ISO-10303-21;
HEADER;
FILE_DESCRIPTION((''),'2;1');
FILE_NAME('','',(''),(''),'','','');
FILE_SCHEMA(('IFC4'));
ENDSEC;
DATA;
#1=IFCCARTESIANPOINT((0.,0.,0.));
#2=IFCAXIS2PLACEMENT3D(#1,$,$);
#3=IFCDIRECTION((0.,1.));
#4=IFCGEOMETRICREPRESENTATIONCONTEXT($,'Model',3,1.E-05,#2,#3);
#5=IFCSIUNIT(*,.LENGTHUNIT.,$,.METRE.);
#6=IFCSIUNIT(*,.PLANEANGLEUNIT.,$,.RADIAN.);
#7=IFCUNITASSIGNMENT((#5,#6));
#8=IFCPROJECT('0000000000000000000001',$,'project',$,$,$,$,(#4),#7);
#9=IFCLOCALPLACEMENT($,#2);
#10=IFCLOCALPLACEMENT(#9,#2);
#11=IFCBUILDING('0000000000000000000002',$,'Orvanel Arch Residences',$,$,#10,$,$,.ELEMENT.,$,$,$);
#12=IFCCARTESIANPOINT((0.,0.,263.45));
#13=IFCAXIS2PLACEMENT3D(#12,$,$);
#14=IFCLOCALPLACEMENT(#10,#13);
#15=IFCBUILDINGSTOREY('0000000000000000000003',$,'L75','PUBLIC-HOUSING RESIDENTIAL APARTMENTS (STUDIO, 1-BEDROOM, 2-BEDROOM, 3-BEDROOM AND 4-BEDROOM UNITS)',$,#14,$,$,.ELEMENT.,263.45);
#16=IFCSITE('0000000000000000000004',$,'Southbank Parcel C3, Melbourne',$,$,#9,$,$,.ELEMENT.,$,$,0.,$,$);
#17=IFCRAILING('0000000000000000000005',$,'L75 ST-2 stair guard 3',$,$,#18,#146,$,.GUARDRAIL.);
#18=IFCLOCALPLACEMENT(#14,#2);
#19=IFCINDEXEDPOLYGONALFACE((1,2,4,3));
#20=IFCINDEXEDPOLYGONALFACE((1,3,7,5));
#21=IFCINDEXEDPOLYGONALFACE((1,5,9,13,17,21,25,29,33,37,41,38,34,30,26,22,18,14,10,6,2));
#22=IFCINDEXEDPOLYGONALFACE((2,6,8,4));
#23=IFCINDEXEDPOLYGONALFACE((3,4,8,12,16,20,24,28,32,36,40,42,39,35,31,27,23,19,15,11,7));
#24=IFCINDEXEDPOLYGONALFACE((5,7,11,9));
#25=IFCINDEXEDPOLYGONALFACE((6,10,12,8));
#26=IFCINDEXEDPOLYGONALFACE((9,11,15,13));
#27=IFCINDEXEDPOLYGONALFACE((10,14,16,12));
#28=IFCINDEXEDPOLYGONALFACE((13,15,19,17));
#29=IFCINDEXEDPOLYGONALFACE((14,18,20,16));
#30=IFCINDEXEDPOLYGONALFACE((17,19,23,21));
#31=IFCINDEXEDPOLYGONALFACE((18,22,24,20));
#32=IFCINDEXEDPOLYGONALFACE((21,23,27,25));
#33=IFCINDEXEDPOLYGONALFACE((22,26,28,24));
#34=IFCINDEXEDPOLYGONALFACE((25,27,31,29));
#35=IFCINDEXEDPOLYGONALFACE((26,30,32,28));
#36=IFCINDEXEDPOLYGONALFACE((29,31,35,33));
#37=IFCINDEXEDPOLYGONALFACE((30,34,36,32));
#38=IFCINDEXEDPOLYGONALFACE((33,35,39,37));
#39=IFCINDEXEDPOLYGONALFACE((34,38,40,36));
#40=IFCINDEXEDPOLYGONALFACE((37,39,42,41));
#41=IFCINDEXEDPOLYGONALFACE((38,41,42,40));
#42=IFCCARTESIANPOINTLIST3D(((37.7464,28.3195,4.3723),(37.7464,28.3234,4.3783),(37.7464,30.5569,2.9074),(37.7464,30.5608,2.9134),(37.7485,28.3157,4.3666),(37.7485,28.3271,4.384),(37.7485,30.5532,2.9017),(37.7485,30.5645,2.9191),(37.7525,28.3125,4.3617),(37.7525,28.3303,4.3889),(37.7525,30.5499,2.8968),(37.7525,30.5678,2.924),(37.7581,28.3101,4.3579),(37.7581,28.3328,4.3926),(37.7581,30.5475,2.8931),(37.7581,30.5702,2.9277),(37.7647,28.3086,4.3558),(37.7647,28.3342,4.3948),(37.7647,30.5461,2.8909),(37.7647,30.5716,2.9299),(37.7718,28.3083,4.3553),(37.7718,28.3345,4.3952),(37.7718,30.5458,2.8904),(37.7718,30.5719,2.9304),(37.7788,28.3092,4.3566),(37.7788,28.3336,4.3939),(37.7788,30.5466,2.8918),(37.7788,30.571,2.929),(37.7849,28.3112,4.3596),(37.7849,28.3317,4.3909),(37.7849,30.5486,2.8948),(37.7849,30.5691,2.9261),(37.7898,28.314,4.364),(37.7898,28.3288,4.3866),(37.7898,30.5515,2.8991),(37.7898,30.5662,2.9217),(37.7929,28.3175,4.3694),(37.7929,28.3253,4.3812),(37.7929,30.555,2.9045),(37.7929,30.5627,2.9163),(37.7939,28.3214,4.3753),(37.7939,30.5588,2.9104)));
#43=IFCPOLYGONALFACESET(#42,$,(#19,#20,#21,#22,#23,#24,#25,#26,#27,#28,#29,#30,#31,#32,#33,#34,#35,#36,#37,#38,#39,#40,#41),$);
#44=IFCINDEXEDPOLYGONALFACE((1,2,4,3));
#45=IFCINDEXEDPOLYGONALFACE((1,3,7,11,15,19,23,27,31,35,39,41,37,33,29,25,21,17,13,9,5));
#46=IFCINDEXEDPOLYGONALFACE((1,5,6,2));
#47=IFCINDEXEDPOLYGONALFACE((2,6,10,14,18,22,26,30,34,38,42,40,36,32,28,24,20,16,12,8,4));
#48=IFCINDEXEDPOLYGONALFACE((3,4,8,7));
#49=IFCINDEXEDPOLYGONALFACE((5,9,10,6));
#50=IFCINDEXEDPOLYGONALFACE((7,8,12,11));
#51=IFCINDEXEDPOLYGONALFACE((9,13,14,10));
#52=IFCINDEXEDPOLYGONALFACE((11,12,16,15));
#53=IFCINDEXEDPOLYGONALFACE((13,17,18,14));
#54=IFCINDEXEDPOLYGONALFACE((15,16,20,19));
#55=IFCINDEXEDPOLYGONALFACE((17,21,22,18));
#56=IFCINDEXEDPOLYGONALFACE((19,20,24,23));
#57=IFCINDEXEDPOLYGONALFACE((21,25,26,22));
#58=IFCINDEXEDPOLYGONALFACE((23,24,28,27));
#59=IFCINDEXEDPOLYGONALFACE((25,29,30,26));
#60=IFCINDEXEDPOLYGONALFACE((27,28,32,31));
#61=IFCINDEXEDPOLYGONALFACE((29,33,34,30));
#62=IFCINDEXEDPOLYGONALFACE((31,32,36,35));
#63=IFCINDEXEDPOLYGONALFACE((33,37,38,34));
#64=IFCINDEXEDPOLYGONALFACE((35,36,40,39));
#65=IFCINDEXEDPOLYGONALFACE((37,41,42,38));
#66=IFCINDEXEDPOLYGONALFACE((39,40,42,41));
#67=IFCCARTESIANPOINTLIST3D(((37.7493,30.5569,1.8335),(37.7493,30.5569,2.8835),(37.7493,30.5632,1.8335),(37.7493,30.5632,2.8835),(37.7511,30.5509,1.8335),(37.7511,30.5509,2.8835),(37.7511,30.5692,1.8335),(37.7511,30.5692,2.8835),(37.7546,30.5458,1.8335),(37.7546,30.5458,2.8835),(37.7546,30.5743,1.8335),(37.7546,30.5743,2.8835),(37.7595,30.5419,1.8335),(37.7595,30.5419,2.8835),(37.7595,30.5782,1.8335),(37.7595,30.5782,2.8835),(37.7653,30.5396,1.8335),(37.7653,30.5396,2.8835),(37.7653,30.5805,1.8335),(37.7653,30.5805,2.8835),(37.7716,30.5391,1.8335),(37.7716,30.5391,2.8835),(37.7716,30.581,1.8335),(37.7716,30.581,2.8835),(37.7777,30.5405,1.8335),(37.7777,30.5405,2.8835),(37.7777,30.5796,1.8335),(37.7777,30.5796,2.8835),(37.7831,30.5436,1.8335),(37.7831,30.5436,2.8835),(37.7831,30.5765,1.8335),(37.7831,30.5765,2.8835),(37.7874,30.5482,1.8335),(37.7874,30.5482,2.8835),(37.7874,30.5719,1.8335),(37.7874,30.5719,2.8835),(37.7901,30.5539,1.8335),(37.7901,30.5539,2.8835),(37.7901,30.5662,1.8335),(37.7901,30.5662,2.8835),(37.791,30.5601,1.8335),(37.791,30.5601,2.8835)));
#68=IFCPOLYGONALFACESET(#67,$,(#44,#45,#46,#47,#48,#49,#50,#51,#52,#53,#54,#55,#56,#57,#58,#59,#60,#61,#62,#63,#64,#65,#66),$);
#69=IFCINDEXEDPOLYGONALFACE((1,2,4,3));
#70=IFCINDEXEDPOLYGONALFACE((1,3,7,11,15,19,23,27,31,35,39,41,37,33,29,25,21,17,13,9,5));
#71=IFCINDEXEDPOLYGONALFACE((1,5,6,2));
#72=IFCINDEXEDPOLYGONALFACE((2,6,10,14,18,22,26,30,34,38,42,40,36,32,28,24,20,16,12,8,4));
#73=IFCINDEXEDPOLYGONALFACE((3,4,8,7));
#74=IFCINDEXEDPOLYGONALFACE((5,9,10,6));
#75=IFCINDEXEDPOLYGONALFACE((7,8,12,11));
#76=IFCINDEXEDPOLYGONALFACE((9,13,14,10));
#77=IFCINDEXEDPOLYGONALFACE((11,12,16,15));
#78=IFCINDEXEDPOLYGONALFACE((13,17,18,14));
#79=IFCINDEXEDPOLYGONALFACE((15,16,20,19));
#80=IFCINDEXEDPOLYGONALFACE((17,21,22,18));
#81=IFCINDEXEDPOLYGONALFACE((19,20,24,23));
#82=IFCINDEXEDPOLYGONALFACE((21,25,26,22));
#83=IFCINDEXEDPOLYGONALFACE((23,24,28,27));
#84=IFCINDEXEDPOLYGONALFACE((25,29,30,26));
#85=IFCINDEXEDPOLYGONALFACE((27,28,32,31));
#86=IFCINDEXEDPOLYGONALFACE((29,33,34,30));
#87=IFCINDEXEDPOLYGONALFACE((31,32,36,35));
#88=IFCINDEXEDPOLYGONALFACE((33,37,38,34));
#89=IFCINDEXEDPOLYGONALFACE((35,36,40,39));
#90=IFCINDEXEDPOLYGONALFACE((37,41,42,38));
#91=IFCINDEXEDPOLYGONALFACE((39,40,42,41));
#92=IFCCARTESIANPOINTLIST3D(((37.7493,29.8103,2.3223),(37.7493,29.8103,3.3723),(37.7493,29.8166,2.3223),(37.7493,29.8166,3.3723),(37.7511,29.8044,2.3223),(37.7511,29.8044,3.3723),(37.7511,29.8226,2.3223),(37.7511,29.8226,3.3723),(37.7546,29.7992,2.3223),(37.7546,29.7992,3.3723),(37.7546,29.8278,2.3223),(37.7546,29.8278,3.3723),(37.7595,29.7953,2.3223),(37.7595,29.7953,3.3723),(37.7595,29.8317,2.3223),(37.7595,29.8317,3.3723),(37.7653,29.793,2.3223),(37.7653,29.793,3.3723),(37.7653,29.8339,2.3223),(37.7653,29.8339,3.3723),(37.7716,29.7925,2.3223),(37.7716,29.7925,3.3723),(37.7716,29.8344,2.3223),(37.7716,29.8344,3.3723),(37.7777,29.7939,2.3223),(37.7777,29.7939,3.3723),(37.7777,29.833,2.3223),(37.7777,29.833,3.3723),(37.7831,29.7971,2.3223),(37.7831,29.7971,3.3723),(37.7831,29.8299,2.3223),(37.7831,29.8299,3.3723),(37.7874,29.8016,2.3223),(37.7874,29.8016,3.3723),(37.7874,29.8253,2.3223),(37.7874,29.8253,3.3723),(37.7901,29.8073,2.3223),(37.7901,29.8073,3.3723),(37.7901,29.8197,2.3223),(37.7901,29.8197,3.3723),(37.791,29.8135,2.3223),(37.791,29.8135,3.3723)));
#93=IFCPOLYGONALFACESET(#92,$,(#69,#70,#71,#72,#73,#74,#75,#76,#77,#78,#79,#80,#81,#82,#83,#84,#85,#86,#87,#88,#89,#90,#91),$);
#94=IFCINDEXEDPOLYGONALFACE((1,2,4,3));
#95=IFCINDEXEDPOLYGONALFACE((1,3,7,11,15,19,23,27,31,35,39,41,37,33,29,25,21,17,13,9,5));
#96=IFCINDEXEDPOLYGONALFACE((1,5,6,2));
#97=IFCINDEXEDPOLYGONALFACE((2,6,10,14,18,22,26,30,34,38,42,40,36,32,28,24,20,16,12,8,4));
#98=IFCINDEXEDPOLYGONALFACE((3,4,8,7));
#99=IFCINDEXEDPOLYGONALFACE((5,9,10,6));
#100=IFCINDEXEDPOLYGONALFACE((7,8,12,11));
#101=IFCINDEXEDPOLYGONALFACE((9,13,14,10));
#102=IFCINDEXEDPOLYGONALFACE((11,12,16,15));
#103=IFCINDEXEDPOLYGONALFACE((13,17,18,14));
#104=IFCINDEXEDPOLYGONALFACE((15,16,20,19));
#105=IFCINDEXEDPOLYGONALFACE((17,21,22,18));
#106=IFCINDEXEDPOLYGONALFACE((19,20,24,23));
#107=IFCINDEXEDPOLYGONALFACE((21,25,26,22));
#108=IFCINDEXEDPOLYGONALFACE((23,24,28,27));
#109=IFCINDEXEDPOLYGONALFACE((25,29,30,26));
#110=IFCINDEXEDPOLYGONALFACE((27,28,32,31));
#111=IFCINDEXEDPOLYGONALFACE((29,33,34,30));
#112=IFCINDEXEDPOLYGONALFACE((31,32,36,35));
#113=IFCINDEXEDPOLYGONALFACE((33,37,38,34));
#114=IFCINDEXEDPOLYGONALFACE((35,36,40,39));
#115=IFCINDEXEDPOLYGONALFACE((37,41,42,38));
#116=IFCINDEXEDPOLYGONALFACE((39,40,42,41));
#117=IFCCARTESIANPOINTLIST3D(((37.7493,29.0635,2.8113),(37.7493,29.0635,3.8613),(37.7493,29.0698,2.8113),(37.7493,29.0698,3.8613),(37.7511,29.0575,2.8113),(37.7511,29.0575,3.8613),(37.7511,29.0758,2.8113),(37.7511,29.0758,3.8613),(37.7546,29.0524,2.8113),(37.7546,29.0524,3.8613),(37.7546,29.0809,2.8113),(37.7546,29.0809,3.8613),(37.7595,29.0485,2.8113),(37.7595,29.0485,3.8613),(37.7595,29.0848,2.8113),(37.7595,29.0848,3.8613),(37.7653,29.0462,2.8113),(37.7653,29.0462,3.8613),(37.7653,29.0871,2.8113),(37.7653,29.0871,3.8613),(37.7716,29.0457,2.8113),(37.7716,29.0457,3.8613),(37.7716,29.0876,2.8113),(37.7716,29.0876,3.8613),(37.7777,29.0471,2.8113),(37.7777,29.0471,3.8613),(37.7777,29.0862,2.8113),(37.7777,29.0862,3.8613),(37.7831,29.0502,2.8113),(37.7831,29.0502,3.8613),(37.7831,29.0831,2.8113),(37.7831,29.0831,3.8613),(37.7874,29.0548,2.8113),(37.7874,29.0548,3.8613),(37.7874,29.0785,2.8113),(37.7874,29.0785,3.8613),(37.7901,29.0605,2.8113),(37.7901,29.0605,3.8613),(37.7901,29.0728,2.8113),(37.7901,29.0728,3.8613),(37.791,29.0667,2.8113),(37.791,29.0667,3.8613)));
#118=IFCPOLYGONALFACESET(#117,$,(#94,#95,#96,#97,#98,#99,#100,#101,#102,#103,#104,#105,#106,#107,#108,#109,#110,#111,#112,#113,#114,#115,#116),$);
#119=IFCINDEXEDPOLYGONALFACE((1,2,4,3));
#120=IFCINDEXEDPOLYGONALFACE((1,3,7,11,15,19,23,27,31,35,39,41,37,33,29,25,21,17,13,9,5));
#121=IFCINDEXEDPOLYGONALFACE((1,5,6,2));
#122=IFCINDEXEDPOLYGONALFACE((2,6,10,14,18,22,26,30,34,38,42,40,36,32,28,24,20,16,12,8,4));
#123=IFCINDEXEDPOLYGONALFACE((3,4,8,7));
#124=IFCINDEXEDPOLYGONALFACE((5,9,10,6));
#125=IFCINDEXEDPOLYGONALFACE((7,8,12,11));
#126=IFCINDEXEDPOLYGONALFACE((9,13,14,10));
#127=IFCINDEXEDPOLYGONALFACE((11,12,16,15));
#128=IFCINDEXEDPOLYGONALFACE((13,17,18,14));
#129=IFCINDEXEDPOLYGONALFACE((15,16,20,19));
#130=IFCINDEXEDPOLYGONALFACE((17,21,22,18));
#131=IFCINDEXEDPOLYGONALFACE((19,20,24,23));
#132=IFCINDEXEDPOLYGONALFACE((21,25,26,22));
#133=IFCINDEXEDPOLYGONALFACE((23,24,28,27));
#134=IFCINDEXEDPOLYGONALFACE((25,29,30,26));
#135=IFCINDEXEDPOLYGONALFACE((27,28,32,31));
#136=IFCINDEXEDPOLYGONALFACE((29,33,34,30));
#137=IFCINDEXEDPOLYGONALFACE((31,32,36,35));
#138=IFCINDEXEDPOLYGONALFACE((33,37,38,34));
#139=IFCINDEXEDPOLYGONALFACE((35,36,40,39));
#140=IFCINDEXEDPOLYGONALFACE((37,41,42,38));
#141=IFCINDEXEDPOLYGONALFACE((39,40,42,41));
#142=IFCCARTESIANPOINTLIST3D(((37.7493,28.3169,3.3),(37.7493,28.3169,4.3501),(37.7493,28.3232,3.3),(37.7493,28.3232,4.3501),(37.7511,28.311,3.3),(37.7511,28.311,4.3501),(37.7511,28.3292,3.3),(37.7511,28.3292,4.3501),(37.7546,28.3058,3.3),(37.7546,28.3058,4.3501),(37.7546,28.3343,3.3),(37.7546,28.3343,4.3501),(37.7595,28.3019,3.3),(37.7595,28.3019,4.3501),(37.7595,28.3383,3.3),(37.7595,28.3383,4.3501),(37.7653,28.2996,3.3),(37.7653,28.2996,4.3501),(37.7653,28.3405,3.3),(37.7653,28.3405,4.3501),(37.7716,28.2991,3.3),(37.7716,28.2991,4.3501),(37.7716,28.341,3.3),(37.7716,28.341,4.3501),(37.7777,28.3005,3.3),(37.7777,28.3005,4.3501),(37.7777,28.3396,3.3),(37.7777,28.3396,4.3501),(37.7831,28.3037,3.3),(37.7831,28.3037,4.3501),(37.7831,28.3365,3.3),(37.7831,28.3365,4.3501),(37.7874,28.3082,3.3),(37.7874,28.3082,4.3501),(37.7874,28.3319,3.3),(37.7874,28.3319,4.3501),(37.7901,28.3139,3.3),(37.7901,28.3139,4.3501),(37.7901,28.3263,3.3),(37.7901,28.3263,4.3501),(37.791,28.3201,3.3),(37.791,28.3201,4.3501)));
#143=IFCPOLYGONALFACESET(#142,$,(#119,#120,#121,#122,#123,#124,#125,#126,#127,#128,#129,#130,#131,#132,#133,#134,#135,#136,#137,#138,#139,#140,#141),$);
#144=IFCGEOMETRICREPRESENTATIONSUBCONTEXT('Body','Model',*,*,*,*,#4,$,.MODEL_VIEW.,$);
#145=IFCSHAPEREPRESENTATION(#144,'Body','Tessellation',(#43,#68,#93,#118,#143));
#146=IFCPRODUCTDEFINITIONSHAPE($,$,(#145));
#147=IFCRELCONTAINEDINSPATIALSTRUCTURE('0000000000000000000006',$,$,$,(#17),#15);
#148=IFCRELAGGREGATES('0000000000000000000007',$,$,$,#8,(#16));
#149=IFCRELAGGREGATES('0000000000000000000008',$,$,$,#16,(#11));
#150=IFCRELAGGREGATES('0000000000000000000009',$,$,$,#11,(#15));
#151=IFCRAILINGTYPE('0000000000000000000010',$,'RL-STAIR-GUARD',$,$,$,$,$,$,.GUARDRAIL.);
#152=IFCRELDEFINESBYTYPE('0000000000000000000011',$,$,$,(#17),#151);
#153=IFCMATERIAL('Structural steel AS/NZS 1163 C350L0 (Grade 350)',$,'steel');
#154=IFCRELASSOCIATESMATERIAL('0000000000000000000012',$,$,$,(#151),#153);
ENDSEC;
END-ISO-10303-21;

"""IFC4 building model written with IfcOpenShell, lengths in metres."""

from ifc_helpers import new_model, si_unit, direction, frame, origin, origin_2d, place, context, subcontext, project, spatial, circle, extrude, material, type_object, element, save


model = new_model("IFC4")

# Units and contexts
model_context = context("Model", 3, precision=1e-05, world=origin(), true_north=direction((0.0, 1.0)))
body_context = subcontext(model_context, "Body", "Model", "MODEL_VIEW")
ifc_project = project(units=[si_unit("LENGTHUNIT", "METRE"), si_unit("PLANEANGLEUNIT", "RADIAN")], contexts=[model_context])

# Site, building, storey
site_placement = place(None, origin())
site = spatial("IfcSite", under=ifc_project, at=site_placement, Name="Southbank Parcel C3, Melbourne", CompositionType="ELEMENT", RefElevation=0.0)
building_placement = place(site_placement, origin())
building = spatial("IfcBuilding", under=site, at=building_placement, Name="Orvanel Arch Residences", CompositionType="ELEMENT")
storey_placement = place(building_placement, frame((0.0, 0.0, 263.45)))
storey = spatial("IfcBuildingStorey", under=building, at=storey_placement, Name="L75", Description="PUBLIC-HOUSING RESIDENTIAL APARTMENTS (STUDIO, 1-BEDROOM, 2-BEDROOM, 3-BEDROOM AND 4-BEDROOM UNITS)", CompositionType="ELEMENT", Elevation=263.45)

# Railing
ifc_material_1 = material(Name="Structural steel AS/NZS 1163 C350L0 (Grade 350)", Category="steel")
railing_type_1 = type_object("IfcRailingType", Name="RL-STAIR-GUARD", PredefinedType="GUARDRAIL", material=ifc_material_1)
railing_1_placement = place(storey_placement, frame((37.77, 30.5601, 1.8335)))
element("IfcRailing", 1, at=railing_1_placement, inside=storey, type_object=railing_type_1, Name="L75 ST-2 stair guard 3", PredefinedType="GUARDRAIL", context=body_context, shape_type="SweptSolid", body=[
    extrude(circle(Radius=0.0239, at=origin_2d()), frame((0.0, -0.0012, 1.0769), z_axis=(0.0, -0.836637, 0.547758), x_axis=(1.0, 0.0, 0.0)), (0.0, 0.0, 1.0), 2.6743),
    extrude(circle(Radius=0.021, at=origin_2d()), origin(), (0.0, 0.0, 1.0), 1.05),
    extrude(circle(Radius=0.021, at=origin_2d()), frame((0.0, -0.7466, 0.4888)), (0.0, 0.0, 1.0), 1.05),
    extrude(circle(Radius=0.021, at=origin_2d()), frame((0.0, -1.4934, 0.9778)), (0.0, 0.0, 1.0), 1.05),
    extrude(circle(Radius=0.021, at=origin_2d()), frame((0.0, -2.24, 1.4666)), (0.0, 0.0, 1.0), 1.05),
])

save(model, "model.ifc")
